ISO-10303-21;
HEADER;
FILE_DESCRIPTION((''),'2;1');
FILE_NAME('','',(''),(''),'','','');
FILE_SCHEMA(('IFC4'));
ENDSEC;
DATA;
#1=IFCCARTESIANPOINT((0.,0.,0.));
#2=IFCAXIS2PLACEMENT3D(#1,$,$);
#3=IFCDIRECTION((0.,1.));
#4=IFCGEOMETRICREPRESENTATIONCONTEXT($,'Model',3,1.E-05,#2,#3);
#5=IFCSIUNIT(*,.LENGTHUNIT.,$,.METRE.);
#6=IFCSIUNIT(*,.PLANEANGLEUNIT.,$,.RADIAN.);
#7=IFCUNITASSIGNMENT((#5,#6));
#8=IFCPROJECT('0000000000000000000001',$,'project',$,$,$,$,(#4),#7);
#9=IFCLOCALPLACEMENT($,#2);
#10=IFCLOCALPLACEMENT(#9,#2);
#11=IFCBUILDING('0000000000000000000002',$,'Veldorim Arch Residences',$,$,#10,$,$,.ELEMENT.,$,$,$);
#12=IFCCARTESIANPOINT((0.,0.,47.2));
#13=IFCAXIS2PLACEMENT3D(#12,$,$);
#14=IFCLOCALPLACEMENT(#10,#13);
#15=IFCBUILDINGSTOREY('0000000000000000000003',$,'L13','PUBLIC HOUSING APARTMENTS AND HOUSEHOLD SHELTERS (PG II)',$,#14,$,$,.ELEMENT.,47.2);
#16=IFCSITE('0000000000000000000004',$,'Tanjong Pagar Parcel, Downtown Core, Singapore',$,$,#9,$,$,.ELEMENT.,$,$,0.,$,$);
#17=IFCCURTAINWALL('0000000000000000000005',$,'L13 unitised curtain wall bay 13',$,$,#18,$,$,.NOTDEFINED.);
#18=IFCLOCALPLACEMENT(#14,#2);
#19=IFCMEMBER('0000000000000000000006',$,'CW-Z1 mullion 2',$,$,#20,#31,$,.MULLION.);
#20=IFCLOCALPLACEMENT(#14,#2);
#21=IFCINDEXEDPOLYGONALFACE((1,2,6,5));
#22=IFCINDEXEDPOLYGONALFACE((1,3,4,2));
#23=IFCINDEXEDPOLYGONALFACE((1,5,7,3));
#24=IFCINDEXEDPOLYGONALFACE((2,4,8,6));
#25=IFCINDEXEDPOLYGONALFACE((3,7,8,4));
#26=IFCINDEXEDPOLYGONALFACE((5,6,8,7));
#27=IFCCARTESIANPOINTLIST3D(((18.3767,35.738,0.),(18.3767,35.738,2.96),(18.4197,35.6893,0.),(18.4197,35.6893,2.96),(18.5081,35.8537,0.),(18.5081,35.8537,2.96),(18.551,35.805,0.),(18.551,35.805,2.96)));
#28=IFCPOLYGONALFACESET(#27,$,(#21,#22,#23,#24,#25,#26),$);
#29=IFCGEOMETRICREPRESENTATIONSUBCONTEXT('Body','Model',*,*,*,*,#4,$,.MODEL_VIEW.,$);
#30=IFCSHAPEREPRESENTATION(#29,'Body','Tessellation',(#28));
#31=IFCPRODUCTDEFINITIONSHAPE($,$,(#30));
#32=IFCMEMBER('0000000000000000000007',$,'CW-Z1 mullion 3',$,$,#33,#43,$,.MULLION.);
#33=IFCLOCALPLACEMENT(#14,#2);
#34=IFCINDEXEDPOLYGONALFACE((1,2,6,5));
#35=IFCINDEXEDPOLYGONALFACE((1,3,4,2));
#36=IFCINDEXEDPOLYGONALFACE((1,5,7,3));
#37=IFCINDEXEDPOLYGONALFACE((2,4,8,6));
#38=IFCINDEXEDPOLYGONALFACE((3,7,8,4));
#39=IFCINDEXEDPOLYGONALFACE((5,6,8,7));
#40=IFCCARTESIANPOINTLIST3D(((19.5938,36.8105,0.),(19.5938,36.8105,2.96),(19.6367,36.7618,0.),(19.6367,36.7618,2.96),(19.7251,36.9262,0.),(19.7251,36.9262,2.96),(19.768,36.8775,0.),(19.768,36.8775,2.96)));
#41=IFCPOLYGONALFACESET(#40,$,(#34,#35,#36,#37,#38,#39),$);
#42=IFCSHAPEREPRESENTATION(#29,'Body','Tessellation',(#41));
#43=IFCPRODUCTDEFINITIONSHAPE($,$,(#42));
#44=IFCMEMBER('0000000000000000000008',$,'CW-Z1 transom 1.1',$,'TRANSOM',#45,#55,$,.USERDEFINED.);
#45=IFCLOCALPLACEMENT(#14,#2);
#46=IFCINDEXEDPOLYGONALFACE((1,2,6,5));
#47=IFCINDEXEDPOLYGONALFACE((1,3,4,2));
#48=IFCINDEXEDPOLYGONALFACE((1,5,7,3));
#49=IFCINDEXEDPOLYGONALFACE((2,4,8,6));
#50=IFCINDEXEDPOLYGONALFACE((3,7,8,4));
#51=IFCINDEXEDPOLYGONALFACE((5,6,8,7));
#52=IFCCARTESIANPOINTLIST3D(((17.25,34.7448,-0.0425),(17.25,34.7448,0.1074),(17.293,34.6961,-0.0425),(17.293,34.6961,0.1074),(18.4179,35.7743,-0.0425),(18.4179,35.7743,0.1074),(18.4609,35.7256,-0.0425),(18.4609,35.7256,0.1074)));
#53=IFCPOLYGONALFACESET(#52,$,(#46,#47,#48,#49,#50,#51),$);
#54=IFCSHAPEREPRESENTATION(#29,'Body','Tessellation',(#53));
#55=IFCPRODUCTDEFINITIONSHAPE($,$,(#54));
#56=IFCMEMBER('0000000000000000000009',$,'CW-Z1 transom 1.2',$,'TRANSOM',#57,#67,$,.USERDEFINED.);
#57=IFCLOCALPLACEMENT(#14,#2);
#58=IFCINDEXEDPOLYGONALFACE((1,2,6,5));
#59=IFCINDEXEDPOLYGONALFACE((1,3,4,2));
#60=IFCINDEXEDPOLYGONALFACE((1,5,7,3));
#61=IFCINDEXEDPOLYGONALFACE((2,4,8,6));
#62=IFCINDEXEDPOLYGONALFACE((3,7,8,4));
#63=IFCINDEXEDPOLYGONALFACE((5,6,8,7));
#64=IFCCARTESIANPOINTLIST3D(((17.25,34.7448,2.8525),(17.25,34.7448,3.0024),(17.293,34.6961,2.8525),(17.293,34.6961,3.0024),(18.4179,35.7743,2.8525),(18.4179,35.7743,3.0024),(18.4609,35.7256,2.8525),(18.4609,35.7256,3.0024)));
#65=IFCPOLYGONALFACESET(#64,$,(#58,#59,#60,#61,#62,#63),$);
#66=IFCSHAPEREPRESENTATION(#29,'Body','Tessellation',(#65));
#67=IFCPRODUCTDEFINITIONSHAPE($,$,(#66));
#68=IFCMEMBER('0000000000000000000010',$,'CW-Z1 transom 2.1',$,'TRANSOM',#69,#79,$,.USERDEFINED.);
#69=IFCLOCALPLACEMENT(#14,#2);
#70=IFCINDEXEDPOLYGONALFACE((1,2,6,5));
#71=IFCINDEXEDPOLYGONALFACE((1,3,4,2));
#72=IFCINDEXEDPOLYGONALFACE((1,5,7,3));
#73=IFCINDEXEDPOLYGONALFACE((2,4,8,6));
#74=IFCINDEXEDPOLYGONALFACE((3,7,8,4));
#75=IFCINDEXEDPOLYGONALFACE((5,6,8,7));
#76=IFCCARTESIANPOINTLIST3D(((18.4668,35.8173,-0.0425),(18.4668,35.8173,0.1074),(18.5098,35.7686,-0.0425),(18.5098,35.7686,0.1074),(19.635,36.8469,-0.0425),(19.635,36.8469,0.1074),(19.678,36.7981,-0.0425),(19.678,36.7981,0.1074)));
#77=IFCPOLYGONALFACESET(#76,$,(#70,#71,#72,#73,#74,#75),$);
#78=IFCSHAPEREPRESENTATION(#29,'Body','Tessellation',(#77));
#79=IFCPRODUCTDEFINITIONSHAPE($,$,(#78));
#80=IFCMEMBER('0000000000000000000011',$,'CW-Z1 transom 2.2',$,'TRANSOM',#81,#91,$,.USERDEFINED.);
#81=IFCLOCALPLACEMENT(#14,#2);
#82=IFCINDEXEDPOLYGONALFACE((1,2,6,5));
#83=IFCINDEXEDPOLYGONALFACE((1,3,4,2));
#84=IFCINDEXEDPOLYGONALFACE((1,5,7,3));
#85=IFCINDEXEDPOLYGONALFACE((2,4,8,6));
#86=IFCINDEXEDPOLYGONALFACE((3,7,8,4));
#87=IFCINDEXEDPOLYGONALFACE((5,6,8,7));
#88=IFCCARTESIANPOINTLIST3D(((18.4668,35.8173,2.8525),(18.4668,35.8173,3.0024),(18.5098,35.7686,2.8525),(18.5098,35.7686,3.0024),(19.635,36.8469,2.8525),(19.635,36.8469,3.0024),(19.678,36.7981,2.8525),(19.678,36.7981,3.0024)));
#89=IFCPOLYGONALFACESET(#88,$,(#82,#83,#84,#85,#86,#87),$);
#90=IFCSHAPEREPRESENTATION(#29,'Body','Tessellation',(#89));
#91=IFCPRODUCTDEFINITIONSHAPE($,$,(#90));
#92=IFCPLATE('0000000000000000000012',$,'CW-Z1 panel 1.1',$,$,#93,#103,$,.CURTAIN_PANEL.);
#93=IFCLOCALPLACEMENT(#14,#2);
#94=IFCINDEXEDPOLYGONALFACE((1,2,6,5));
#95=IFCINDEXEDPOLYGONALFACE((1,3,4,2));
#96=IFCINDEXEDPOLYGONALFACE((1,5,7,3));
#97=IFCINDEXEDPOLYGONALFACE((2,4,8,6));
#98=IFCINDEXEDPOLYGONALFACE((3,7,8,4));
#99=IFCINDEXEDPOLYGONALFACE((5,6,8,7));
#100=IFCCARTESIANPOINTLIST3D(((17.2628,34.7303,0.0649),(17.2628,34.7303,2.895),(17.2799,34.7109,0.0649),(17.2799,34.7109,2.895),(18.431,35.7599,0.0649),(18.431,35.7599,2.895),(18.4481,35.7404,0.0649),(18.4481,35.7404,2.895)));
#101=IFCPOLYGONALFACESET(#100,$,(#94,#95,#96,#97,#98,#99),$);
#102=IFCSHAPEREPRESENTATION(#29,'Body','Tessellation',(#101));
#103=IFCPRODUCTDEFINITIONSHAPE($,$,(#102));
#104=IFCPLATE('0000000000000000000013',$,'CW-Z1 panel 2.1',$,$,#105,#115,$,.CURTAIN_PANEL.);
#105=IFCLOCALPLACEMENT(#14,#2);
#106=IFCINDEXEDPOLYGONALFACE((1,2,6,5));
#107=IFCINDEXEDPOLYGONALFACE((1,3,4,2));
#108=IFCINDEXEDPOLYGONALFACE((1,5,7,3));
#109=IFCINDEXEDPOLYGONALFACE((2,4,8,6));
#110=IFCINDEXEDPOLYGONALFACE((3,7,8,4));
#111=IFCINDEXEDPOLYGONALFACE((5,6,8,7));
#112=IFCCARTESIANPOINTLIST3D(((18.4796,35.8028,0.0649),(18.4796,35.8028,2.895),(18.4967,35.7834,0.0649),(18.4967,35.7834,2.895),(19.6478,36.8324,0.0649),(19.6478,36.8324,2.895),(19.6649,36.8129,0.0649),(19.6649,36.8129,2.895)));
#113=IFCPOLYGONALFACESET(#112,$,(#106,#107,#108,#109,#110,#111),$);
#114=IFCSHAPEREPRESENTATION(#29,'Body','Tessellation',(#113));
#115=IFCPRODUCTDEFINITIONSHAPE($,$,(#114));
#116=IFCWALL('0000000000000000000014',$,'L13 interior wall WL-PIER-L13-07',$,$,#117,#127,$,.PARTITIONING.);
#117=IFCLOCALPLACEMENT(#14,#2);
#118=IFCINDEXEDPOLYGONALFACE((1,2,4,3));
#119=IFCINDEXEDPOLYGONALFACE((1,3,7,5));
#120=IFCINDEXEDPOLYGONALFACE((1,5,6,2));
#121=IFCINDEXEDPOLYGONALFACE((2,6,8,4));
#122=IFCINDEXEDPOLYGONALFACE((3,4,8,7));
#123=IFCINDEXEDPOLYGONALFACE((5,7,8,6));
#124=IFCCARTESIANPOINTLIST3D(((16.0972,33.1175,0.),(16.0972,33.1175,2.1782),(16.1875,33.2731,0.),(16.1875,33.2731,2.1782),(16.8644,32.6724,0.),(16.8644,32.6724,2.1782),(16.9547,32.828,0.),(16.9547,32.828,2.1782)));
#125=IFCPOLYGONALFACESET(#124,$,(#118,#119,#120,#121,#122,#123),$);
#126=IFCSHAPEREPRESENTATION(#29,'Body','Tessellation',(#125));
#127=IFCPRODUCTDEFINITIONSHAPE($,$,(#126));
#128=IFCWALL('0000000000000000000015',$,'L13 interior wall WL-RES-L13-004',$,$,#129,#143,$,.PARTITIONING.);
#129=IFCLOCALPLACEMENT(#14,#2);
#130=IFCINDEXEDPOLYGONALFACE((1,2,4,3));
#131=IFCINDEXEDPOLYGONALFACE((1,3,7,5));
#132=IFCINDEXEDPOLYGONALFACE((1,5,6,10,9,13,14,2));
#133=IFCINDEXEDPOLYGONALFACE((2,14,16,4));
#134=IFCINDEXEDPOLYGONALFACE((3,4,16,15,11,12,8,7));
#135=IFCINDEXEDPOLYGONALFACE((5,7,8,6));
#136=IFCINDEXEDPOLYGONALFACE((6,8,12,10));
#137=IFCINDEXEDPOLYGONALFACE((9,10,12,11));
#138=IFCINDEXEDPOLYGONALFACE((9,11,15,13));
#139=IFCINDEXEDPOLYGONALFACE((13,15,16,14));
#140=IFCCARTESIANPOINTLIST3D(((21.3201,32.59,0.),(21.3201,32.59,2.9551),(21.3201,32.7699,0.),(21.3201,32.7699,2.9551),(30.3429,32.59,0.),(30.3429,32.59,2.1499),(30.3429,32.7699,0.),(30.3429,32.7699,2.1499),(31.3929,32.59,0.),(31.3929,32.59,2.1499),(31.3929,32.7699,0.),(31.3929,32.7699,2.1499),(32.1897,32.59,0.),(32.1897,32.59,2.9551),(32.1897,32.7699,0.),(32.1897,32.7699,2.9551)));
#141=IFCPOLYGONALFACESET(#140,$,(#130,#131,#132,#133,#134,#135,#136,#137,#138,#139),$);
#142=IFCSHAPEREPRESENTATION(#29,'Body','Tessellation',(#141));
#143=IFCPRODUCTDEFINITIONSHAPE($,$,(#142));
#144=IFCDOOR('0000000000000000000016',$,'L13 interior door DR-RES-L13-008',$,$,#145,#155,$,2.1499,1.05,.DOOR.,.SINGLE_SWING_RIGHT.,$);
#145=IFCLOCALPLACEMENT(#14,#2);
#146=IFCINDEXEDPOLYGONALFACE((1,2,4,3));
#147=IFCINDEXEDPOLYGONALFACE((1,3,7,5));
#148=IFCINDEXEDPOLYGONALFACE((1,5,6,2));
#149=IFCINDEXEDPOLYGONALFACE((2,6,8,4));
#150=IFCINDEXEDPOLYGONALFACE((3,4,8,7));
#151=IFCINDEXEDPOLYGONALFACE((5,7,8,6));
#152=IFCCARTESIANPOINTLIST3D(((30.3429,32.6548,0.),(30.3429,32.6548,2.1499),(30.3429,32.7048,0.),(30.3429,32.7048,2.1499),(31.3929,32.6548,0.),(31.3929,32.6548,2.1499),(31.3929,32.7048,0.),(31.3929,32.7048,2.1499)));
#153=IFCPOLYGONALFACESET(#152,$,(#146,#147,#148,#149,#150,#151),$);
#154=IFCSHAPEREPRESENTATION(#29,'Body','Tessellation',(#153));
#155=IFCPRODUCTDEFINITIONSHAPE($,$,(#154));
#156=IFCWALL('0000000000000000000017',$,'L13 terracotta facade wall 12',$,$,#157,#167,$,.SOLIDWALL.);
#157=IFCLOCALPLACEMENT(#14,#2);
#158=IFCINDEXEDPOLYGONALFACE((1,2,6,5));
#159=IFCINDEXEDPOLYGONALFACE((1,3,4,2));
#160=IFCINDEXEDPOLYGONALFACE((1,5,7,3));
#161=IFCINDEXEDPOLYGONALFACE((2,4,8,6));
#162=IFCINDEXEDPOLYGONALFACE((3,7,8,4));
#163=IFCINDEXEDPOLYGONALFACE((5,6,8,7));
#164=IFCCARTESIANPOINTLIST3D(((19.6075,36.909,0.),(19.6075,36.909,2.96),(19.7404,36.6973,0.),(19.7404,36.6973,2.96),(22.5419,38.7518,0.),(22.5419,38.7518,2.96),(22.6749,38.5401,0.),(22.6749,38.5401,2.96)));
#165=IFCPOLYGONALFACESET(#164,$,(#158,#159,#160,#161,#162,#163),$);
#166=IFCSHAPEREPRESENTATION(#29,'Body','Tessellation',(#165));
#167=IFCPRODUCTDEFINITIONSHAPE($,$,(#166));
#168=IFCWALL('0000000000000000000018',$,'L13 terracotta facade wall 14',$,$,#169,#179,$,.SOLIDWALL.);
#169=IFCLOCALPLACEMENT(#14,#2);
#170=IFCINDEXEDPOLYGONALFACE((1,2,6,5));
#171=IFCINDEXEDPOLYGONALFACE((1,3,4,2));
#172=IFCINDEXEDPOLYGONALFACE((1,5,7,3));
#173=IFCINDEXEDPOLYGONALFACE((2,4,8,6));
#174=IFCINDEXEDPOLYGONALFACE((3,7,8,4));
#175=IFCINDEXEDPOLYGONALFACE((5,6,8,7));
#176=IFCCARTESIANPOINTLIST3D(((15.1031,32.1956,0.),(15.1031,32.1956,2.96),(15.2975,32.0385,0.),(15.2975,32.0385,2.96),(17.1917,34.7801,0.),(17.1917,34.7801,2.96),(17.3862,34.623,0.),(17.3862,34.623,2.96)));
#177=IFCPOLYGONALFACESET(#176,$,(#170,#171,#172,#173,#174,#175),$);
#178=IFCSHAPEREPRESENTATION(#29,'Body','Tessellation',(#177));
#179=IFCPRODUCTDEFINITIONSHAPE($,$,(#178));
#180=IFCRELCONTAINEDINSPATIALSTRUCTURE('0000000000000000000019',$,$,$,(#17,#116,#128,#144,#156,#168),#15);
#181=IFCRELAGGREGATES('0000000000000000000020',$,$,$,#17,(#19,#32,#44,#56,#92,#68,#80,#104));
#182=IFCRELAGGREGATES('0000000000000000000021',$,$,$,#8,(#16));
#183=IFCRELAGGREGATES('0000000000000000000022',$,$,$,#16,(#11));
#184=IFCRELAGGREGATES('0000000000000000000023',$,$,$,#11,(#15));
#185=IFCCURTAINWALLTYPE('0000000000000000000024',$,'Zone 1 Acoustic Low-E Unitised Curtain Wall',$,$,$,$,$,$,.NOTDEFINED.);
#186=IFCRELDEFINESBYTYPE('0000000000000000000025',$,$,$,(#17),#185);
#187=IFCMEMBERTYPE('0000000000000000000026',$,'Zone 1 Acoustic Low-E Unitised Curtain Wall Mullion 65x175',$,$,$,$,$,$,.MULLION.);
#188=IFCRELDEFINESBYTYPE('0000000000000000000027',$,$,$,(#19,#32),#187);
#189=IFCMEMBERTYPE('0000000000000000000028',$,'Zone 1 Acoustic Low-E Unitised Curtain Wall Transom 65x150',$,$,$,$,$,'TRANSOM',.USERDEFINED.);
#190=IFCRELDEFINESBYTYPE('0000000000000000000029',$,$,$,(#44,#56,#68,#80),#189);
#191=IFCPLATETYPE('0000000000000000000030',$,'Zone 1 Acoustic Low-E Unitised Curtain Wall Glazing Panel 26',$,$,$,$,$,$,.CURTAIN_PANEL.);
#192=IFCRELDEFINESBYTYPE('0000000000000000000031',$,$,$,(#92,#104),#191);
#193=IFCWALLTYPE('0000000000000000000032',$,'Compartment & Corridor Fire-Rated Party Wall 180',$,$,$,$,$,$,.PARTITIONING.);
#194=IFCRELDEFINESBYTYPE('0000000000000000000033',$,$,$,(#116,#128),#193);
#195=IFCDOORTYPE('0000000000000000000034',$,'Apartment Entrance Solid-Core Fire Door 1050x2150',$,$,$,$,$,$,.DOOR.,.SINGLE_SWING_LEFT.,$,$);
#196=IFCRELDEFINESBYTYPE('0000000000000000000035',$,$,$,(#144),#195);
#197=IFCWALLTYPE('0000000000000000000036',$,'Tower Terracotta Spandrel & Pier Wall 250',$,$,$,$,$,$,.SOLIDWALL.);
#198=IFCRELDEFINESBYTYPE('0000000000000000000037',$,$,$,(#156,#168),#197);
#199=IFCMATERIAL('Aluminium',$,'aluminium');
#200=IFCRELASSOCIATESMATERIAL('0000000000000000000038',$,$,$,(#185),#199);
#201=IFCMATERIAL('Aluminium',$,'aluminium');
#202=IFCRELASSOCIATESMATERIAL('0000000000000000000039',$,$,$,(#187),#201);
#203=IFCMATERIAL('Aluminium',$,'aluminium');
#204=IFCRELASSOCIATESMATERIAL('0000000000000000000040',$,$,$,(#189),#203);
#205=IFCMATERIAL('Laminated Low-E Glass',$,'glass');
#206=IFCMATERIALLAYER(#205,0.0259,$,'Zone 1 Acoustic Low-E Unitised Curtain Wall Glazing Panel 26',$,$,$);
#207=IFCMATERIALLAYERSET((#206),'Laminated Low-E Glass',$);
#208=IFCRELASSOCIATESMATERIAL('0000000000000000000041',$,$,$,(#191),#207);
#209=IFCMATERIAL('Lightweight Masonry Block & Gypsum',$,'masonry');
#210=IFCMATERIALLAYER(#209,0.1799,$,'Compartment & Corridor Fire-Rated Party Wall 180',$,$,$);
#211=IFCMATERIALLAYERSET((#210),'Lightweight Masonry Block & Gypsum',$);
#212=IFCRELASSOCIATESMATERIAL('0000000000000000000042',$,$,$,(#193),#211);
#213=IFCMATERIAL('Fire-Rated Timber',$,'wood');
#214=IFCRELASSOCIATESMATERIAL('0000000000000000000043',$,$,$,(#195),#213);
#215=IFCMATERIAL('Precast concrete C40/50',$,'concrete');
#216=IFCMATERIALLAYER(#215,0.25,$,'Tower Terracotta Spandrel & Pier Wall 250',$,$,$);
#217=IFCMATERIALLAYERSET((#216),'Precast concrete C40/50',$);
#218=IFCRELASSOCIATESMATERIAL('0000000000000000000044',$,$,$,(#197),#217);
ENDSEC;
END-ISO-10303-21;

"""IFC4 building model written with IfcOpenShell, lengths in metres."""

from ifc_helpers import new_model, si_unit, direction, frame, frame_2d, origin, origin_2d, place, context, subcontext, project, spatial, rectangle, extrude, material, layer, layer_set, material_profile, profile_set, type_object, element, fill, aggregate, save


model = new_model("IFC4")

# Units and contexts
model_context = context("Model", 3, precision=1e-05, world=origin(), true_north=direction((0.0, 1.0)))
body_context = subcontext(model_context, "Body", "Model", "MODEL_VIEW")
ifc_project = project(units=[si_unit("LENGTHUNIT", "METRE"), si_unit("PLANEANGLEUNIT", "RADIAN")], contexts=[model_context])

# Site, building, storey
site_placement = place(None, origin())
site = spatial("IfcSite", under=ifc_project, at=site_placement, Name="Tanjong Pagar Parcel, Downtown Core, Singapore", CompositionType="ELEMENT", RefElevation=0.0)
building_placement = place(site_placement, origin())
building = spatial("IfcBuilding", under=site, at=building_placement, Name="Veldorim Arch Residences", CompositionType="ELEMENT")
storey_placement = place(building_placement, frame((0.0, 0.0, 47.2)))
storey = spatial("IfcBuildingStorey", under=building, at=storey_placement, Name="L13", Description="PUBLIC HOUSING APARTMENTS AND HOUSEHOLD SHELTERS (PG II)", CompositionType="ELEMENT", Elevation=47.2)

# Curtain wall, members, plates
ifc_material_1 = material(Name="Aluminium", Category="aluminium")
curtain_wall_type = type_object("IfcCurtainWallType", Name="Zone 1 Acoustic Low-E Unitised Curtain Wall", PredefinedType="NOTDEFINED", material=ifc_material_1)
curtain_wall_placement = place(storey_placement, origin())
curtain_wall = element("IfcCurtainWall", 1, at=curtain_wall_placement, inside=storey, type_object=curtain_wall_type, Name="L13 unitised curtain wall bay 13", PredefinedType="NOTDEFINED")
ifc_material_2 = material(Name="Aluminium", Category="aluminium")
ifc_material_profile_1 = material_profile(ifc_material_2, rectangle(XDim=0.0649, YDim=0.175, at=origin_2d()), Name="ALU_MUL_65x175")
ifc_profile_set_1 = profile_set([ifc_material_profile_1], Name="Aluminium")
member_type_1 = type_object("IfcMemberType", Name="Zone 1 Acoustic Low-E Unitised Curtain Wall Mullion 65x175", PredefinedType="MULLION", material=ifc_profile_set_1)
member_1_placement = place(storey_placement, frame((18.4639, 35.7715, 0.0), z_axis=(0.0, 0.0, 1.0), x_axis=(-0.661207, 0.750204, 0.0)))
member_1 = element("IfcMember", 2, at=member_1_placement, type_object=member_type_1, Name="CW-Z1 mullion 2", PredefinedType="MULLION", context=body_context, shape_type="SweptSolid", body=[
    extrude(rectangle(XDim=0.0649, YDim=0.175, at=origin_2d()), origin(), (0.0, 0.0, 1.0), 2.96),
])
member_2_placement = place(storey_placement, frame((19.6809, 36.844, 0.0), z_axis=(0.0, 0.0, 1.0), x_axis=(-0.661207, 0.750204, 0.0)))
member_2 = element("IfcMember", 3, at=member_2_placement, type_object=member_type_1, Name="CW-Z1 mullion 3", PredefinedType="MULLION", context=body_context, shape_type="SweptSolid", body=[
    extrude(rectangle(XDim=0.0649, YDim=0.175, at=origin_2d()), origin(), (0.0, 0.0, 1.0), 2.96),
])
ifc_material_3 = material(Name="Aluminium", Category="aluminium")
ifc_material_profile_2 = material_profile(ifc_material_3, rectangle(XDim=0.0649, YDim=0.1499, at=origin_2d()), Name="ALU_TRN_65x150")
ifc_profile_set_2 = profile_set([ifc_material_profile_2], Name="Aluminium")
member_type_2 = type_object("IfcMemberType", Name="Zone 1 Acoustic Low-E Unitised Curtain Wall Transom 65x150", ElementType="TRANSOM", PredefinedType="USERDEFINED", material=ifc_profile_set_2)
member_3_placement = place(storey_placement, frame((17.2715, 34.7205, 0.0325), z_axis=(0.750163, 0.661253, 0.0), x_axis=(-0.661253, 0.750163, 0.0)))
member_3 = element("IfcMember", 4, at=member_3_placement, type_object=member_type_2, Name="CW-Z1 transom 1.1", ObjectType="TRANSOM", PredefinedType="USERDEFINED", context=body_context, shape_type="SweptSolid", body=[
    extrude(rectangle(XDim=0.0649, YDim=0.1499, at=origin_2d()), origin(), (0.0, 0.0, 1.0), 1.5569),
])
member_4_placement = place(storey_placement, frame((17.2715, 34.7205, 2.9275), z_axis=(0.750163, 0.661253, 0.0), x_axis=(-0.661253, 0.750163, 0.0)))
member_4 = element("IfcMember", 5, at=member_4_placement, type_object=member_type_2, Name="CW-Z1 transom 1.2", ObjectType="TRANSOM", PredefinedType="USERDEFINED", context=body_context, shape_type="SweptSolid", body=[
    extrude(rectangle(XDim=0.0649, YDim=0.1499, at=origin_2d()), origin(), (0.0, 0.0, 1.0), 1.5569),
])
member_5_placement = place(storey_placement, frame((18.4883, 35.793, 0.0325), z_axis=(0.750231, 0.661176, 0.0), x_axis=(-0.661176, 0.750231, 0.0)))
member_5 = element("IfcMember", 6, at=member_5_placement, type_object=member_type_2, Name="CW-Z1 transom 2.1", ObjectType="TRANSOM", PredefinedType="USERDEFINED", context=body_context, shape_type="SweptSolid", body=[
    extrude(rectangle(XDim=0.0649, YDim=0.1499, at=origin_2d()), origin(), (0.0, 0.0, 1.0), 1.5571),
])
member_6_placement = place(storey_placement, frame((18.4883, 35.793, 2.9275), z_axis=(0.750231, 0.661176, 0.0), x_axis=(-0.661176, 0.750231, 0.0)))
member_6 = element("IfcMember", 7, at=member_6_placement, type_object=member_type_2, Name="CW-Z1 transom 2.2", ObjectType="TRANSOM", PredefinedType="USERDEFINED", context=body_context, shape_type="SweptSolid", body=[
    extrude(rectangle(XDim=0.0649, YDim=0.1499, at=origin_2d()), origin(), (0.0, 0.0, 1.0), 1.5571),
])
ifc_material_4 = material(Name="Laminated Low-E Glass", Category="glass")
ifc_layer_1 = layer(ifc_material_4, 0.0259, Name="Zone 1 Acoustic Low-E Unitised Curtain Wall Glazing Panel 26")
ifc_layer_set_1 = layer_set([ifc_layer_1], Name="Laminated Low-E Glass")
plate_type = type_object("IfcPlateType", Name="Zone 1 Acoustic Low-E Unitised Curtain Wall Glazing Panel 26", PredefinedType="CURTAIN_PANEL", material=ifc_layer_set_1)
plate_1_placement = place(storey_placement, frame((17.8555, 35.2354, 0.0649), z_axis=(0.0, 0.0, 1.0), x_axis=(0.750204, 0.661207, 0.0)))
plate_1 = element("IfcPlate", 8, at=plate_1_placement, type_object=plate_type, Name="CW-Z1 panel 1.1", PredefinedType="CURTAIN_PANEL", context=body_context, shape_type="SweptSolid", body=[
    extrude(rectangle(XDim=1.5571, YDim=0.0259, at=origin_2d()), origin(), (0.0, 0.0, 1.0), 2.8301),
])
plate_2_placement = place(storey_placement, frame((19.0723, 36.3079, 0.0649), z_axis=(0.0, 0.0, 1.0), x_axis=(0.750204, 0.661207, 0.0)))
plate_2 = element("IfcPlate", 9, at=plate_2_placement, type_object=plate_type, Name="CW-Z1 panel 2.1", PredefinedType="CURTAIN_PANEL", context=body_context, shape_type="SweptSolid", body=[
    extrude(rectangle(XDim=1.5571, YDim=0.0259, at=origin_2d()), origin(), (0.0, 0.0, 1.0), 2.8301),
])
aggregate(curtain_wall, [member_1, member_2, member_3, member_4, plate_1, member_5, member_6, plate_2])

# Wall
ifc_material_5 = material(Name="Lightweight Masonry Block & Gypsum", Category="masonry")
ifc_layer_2 = layer(ifc_material_5, 0.1799, Name="Compartment & Corridor Fire-Rated Party Wall 180")
ifc_layer_set_2 = layer_set([ifc_layer_2], Name="Lightweight Masonry Block & Gypsum")
wall_type_1 = type_object("IfcWallType", Name="Compartment & Corridor Fire-Rated Party Wall 180", PredefinedType="PARTITIONING", material=ifc_layer_set_2)
wall_1_placement = place(storey_placement, frame((16.9094, 32.7502, 0.0), z_axis=(0.0, 0.0, 1.0), x_axis=(-0.864955, 0.50185, 0.0)))
element("IfcWall", 10, at=wall_1_placement, inside=storey, type_object=wall_type_1, Name="L13 interior wall WL-PIER-L13-07", PredefinedType="PARTITIONING", context=body_context, shape_type="SweptSolid", body=[
    extrude(rectangle(XDim=0.887, YDim=0.1799, at=frame_2d((0.4434, 0.0))), origin(), (0.0, 0.0, 1.0), 2.1782),
])

# Wall, opening, door
wall_2_placement = place(storey_placement, frame((21.3201, 32.6799, 0.0), z_axis=(0.0, 0.0, 1.0), x_axis=(1.0, 0.0, 0.0)))
wall_2 = element("IfcWall", 11, at=wall_2_placement, inside=storey, type_object=wall_type_1, Name="L13 interior wall WL-RES-L13-004", PredefinedType="PARTITIONING", context=body_context, shape_type="SweptSolid", body=[
    extrude(rectangle(XDim=10.8696, YDim=0.1799, at=frame_2d((5.4348, 0.0))), origin(), (0.0, 0.0, 1.0), 2.9551),
])
opening_placement = place(wall_2_placement, frame((9.0229, 0.0, 0.0)))
opening = element("IfcOpeningElement", 12, at=opening_placement, cuts=wall_2, PredefinedType="OPENING", context=body_context, shape_type="SweptSolid", body=[
    extrude(rectangle(XDim=1.05, YDim=2.1499, at=frame_2d((0.5249, 1.075))), frame((0.0, 0.0999, 0.0), z_axis=(0.0, -1.0, 0.0), x_axis=(1.0, 0.0, 0.0)), (0.0, 0.0, 1.0), 0.2),
])
ifc_material_6 = material(Name="Fire-Rated Timber", Category="wood")
door_type = type_object("IfcDoorType", Name="Apartment Entrance Solid-Core Fire Door 1050x2150", OperationType="SINGLE_SWING_LEFT", PredefinedType="DOOR", material=ifc_material_6)
door_placement = place(opening_placement, origin())
door = element("IfcDoor", 13, at=door_placement, inside=storey, type_object=door_type, Name="L13 interior door DR-RES-L13-008", OperationType="SINGLE_SWING_RIGHT", OverallHeight=2.1499, OverallWidth=1.05, PredefinedType="DOOR", context=body_context, shape_type="SweptSolid", body=[
    extrude(rectangle(XDim=1.05, YDim=2.1499, at=frame_2d((0.5249, 1.075))), frame((0.0, 0.0249, 0.0), z_axis=(0.0, -1.0, 0.0), x_axis=(1.0, 0.0, 0.0)), (0.0, 0.0, 1.0), 0.05),
])
fill(opening, door)

# Walls
ifc_material_7 = material(Name="Precast concrete C40/50", Category="concrete")
ifc_layer_3 = layer(ifc_material_7, 0.25, Name="Tower Terracotta Spandrel & Pier Wall 250")
ifc_layer_set_3 = layer_set([ifc_layer_3], Name="Precast concrete C40/50")
wall_type_2 = type_object("IfcWallType", Name="Tower Terracotta Spandrel & Pier Wall 250", PredefinedType="SOLIDWALL", material=ifc_layer_set_3)
wall_3_placement = place(storey_placement, frame((19.6741, 36.8032, 0.0), z_axis=(0.0, 0.0, 1.0), x_axis=(0.846852, 0.531828, 0.0)))
element("IfcWall", 14, at=wall_3_placement, inside=storey, type_object=wall_type_2, Name="L13 terracotta facade wall 12", PredefinedType="SOLIDWALL", context=body_context, shape_type="SweptSolid", body=[
    extrude(rectangle(XDim=3.4651, YDim=0.25, at=frame_2d((1.7324, 0.0))), origin(), (0.0, 0.0, 1.0), 2.96),
])
wall_4_placement = place(storey_placement, frame((15.2002, 32.1169, 0.0), z_axis=(0.0, 0.0, 1.0), x_axis=(0.628549, 0.77777, 0.0)))
element("IfcWall", 15, at=wall_4_placement, inside=storey, type_object=wall_type_2, Name="L13 terracotta facade wall 14", PredefinedType="SOLIDWALL", context=body_context, shape_type="SweptSolid", body=[
    extrude(rectangle(XDim=3.323, YDim=0.25, at=frame_2d((1.6616, 0.0))), origin(), (0.0, 0.0, 1.0), 2.96),
])

save(model, "model.ifc")
